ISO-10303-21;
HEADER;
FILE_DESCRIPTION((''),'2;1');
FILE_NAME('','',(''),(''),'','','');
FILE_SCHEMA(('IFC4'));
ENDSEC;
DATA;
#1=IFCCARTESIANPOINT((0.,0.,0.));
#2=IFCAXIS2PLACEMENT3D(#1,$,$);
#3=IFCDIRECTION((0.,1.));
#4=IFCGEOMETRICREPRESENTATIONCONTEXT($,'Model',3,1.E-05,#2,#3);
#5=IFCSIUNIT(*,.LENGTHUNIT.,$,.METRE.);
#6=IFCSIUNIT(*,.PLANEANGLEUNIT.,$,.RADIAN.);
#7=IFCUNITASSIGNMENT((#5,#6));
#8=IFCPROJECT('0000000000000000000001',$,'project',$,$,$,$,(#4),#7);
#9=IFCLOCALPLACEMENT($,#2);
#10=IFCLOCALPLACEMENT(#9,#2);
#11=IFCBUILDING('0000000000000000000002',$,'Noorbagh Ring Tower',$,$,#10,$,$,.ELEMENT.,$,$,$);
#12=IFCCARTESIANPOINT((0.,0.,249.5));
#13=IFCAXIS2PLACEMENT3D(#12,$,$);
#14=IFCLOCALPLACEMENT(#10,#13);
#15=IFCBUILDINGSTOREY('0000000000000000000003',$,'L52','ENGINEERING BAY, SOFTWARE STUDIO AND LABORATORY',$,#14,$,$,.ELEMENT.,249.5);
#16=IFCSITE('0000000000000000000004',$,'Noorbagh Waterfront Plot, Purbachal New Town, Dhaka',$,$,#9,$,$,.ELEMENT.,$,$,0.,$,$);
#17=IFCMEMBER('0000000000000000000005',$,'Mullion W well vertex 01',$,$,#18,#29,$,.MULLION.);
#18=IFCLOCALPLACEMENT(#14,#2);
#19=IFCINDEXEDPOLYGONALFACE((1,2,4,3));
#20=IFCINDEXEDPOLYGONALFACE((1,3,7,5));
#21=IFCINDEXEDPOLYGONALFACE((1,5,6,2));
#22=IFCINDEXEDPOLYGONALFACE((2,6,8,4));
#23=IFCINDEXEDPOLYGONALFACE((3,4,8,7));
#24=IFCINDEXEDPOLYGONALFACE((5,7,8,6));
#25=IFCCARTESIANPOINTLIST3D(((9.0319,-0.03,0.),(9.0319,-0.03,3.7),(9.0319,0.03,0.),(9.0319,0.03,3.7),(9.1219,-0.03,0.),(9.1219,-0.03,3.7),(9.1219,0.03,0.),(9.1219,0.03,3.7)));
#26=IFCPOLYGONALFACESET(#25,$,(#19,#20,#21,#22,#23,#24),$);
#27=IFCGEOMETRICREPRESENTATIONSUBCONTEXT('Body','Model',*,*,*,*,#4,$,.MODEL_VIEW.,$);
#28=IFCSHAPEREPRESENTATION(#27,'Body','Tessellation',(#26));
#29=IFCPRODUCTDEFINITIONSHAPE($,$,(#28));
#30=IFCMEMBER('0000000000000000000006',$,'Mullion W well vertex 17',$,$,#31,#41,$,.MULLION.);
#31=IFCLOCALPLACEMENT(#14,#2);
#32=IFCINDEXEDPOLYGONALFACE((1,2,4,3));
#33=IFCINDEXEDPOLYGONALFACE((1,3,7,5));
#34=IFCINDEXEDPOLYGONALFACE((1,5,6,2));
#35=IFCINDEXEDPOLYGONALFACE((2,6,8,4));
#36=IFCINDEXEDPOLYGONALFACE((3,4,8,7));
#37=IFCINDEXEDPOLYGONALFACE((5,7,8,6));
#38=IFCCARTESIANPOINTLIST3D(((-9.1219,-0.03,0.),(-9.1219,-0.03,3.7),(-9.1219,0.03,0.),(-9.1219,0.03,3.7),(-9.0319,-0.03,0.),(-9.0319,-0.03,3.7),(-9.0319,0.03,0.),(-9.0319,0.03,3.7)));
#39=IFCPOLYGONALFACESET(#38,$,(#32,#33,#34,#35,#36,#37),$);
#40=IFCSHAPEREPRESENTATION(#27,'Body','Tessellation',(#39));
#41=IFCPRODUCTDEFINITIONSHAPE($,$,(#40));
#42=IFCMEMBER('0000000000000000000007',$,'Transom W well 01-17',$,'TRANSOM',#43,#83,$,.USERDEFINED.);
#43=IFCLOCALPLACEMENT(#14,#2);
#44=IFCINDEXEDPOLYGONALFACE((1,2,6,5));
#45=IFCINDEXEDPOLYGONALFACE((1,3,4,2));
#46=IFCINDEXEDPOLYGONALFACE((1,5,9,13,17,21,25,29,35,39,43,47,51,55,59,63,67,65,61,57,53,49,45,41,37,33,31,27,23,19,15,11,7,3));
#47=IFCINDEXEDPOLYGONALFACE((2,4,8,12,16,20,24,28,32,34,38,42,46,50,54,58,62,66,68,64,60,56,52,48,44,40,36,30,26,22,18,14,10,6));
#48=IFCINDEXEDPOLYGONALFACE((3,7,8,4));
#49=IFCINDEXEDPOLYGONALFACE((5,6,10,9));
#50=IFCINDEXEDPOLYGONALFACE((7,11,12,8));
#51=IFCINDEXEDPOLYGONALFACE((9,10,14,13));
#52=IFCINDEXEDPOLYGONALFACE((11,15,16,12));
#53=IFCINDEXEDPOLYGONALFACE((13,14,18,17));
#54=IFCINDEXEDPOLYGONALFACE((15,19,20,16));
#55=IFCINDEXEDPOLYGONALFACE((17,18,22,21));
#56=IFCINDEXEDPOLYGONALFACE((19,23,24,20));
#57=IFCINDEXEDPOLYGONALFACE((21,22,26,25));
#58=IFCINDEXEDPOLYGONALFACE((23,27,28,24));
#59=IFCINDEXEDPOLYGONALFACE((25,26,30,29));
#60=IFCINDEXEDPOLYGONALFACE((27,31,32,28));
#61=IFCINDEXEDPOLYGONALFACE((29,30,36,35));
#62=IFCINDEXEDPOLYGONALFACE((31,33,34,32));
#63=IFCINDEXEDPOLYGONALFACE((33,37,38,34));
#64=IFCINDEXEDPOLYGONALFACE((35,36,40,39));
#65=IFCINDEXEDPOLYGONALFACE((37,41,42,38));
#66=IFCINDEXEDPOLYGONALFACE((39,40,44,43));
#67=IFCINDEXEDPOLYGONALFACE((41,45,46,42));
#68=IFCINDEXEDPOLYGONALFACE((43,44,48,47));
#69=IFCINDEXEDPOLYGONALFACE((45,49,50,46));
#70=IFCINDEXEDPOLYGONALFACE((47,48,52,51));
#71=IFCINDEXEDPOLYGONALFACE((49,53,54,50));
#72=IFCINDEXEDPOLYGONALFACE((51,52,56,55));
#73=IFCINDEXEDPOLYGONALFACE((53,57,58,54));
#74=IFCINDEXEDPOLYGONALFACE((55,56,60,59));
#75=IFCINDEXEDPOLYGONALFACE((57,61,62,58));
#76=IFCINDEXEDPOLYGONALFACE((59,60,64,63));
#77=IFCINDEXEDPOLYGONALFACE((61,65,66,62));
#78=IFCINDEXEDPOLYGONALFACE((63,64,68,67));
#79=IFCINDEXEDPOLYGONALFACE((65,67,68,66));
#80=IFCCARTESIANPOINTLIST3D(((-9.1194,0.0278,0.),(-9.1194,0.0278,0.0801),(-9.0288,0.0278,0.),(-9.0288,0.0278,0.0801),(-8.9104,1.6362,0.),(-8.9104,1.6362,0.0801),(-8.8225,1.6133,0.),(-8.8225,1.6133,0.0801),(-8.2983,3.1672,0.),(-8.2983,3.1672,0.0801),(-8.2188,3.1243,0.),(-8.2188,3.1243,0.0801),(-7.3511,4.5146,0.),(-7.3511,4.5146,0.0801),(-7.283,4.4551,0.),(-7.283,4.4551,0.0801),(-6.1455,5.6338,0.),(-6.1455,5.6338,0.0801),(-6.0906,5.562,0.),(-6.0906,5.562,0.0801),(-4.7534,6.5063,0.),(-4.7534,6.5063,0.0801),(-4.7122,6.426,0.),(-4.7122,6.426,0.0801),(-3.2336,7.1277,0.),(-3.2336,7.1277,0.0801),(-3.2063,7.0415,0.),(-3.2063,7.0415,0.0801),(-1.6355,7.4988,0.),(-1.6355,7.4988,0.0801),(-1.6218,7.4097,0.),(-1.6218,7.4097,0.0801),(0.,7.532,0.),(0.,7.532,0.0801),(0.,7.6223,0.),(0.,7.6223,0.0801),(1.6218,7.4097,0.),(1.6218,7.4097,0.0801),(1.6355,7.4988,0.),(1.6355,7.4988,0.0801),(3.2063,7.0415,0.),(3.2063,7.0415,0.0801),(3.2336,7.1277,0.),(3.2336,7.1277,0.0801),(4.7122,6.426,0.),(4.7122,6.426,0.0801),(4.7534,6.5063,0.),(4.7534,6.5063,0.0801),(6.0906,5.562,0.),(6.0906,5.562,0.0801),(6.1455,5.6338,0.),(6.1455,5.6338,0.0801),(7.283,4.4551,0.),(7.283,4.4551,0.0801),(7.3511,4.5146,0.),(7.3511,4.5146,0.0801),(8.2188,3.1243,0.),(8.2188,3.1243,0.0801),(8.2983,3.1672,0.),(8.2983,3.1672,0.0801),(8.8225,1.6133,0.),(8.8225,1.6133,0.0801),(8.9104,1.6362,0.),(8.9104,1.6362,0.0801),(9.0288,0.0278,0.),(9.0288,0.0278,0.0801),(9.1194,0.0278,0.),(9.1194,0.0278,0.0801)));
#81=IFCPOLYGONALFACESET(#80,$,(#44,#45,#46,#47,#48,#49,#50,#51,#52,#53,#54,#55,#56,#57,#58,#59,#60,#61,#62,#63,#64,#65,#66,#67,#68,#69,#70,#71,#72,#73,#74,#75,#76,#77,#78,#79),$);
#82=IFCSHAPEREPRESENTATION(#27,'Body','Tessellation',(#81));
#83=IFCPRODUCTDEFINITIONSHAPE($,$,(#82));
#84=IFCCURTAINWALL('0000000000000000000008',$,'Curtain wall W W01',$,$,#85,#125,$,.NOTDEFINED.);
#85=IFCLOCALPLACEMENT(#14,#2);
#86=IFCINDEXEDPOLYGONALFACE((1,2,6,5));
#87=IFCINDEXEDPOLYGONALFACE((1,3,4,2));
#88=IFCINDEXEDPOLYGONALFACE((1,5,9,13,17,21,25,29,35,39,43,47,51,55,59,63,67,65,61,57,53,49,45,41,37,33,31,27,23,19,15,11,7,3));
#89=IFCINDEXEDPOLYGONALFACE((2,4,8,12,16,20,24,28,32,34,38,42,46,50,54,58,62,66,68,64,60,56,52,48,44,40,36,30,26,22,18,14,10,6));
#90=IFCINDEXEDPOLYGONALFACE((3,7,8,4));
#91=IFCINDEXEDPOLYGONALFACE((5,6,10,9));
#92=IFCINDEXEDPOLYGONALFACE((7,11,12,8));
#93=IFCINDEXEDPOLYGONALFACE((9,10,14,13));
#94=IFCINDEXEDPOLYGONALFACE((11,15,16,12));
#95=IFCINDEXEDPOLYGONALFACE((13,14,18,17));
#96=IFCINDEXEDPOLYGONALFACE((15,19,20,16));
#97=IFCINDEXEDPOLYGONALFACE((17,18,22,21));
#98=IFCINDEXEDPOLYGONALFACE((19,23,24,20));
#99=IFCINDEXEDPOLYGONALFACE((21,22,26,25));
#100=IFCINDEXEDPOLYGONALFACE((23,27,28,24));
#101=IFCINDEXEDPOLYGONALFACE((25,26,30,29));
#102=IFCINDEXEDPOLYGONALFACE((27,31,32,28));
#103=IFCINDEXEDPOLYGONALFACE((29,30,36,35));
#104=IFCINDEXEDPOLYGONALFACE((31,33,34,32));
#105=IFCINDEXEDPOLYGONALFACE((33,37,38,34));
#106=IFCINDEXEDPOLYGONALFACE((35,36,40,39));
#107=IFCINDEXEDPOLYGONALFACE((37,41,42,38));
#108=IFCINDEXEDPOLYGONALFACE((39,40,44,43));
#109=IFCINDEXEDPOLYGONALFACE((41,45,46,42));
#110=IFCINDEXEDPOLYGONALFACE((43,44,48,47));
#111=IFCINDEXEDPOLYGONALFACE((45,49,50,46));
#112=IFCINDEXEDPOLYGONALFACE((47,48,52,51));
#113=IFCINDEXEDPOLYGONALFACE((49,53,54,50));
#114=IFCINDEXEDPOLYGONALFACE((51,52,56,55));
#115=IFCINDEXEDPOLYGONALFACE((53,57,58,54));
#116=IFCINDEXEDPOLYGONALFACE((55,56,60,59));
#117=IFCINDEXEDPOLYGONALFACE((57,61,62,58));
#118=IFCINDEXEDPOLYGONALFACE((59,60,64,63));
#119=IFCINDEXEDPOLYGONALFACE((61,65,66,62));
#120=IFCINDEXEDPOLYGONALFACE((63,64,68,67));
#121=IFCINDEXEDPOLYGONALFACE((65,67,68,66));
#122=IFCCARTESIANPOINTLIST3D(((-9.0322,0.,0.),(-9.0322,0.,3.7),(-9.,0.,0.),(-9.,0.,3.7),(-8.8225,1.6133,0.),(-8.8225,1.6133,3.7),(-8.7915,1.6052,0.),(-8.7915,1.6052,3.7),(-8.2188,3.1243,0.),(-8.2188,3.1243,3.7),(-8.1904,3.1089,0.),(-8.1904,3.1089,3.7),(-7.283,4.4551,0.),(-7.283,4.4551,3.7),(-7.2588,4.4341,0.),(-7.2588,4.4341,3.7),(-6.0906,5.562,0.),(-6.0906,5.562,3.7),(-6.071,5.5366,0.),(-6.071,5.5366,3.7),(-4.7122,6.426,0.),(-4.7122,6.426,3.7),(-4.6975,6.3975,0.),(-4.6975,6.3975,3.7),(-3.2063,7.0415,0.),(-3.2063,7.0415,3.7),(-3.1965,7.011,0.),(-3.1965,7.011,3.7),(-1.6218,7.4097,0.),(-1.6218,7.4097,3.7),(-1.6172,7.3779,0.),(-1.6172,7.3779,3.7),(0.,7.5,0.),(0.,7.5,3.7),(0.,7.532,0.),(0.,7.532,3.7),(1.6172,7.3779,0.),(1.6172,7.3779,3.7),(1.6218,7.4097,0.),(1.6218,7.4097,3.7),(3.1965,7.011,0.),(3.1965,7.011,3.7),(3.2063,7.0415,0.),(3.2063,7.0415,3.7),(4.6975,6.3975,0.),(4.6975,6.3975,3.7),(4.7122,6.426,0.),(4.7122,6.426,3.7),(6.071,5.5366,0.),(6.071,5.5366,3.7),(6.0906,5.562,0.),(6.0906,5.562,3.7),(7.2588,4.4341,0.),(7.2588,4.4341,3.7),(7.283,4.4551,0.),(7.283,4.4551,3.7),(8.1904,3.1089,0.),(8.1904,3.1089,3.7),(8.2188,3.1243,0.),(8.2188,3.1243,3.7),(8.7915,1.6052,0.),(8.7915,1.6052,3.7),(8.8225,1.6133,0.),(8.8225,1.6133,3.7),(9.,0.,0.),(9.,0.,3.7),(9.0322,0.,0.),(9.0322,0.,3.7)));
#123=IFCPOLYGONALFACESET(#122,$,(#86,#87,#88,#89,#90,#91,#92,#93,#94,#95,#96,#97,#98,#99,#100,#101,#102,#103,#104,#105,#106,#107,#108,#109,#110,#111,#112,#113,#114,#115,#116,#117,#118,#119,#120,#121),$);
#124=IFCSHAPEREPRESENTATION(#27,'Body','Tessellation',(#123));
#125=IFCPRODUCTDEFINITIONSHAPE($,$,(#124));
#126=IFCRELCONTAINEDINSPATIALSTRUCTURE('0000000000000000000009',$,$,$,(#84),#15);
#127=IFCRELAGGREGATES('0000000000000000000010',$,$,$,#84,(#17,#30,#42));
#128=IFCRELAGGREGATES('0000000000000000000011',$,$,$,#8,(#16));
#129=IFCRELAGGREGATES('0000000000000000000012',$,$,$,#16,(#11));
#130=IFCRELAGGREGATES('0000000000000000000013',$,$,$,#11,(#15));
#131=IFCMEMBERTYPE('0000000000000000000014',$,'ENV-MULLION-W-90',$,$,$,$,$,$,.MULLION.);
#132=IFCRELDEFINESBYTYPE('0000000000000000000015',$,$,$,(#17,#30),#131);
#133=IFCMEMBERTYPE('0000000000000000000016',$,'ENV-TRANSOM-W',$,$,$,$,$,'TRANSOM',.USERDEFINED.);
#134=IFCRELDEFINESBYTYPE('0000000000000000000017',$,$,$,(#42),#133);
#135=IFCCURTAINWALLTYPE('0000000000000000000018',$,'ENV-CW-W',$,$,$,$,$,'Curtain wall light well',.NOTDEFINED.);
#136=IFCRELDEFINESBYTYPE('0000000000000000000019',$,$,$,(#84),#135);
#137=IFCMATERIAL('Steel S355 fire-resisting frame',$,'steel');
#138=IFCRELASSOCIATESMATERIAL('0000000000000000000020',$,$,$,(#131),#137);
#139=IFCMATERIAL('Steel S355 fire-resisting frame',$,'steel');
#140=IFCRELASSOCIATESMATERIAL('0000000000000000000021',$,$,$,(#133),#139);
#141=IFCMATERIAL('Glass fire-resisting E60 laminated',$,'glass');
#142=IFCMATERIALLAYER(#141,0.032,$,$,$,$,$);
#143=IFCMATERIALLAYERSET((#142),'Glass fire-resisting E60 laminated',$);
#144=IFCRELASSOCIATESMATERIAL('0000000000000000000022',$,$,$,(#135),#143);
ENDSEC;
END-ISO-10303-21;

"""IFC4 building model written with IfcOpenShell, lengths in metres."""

from ifc_helpers import new_model, si_unit, direction, frame, origin, origin_2d, place, context, subcontext, project, spatial, polyline, rectangle, outline, extrude, material, layer, layer_set, material_profile, profile_set, type_object, element, aggregate, save


model = new_model("IFC4")

# Units and contexts
model_context = context("Model", 3, precision=1e-05, world=origin(), true_north=direction((0.0, 1.0)))
body_context = subcontext(model_context, "Body", "Model", "MODEL_VIEW")
ifc_project = project(units=[si_unit("LENGTHUNIT", "METRE"), si_unit("PLANEANGLEUNIT", "RADIAN")], contexts=[model_context])

# Members
site_placement = place(None, origin())
building_placement = place(site_placement, origin())
storey_placement = place(building_placement, frame((0.0, 0.0, 249.5)))
ifc_material_1 = material(Name="Steel S355 fire-resisting frame", Category="steel")
ifc_material_profile_1 = material_profile(ifc_material_1, rectangle(XDim=0.0901, YDim=0.0601, at=origin_2d()), Name="90x60")
ifc_profile_set_1 = profile_set([ifc_material_profile_1], Name="Steel S355 fire-resisting frame")
member_type_1 = type_object("IfcMemberType", Name="ENV-MULLION-W-90", PredefinedType="MULLION", material=ifc_profile_set_1)
member_1_placement = place(storey_placement, frame((9.0769, 0.0, 0.0), z_axis=(0.0, 0.0, 1.0), x_axis=(1.0, 0.0, 0.0)))
member_1 = element("IfcMember", 1, at=member_1_placement, type_object=member_type_1, Name="Mullion W well vertex 01", PredefinedType="MULLION", context=body_context, shape_type="SweptSolid", body=[
    extrude(rectangle(XDim=0.0901, YDim=0.0601, at=origin_2d()), origin(), (0.0, 0.0, 1.0), 3.7),
])
member_2_placement = place(storey_placement, frame((-9.0769, 0.0, 0.0), z_axis=(0.0, 0.0, 1.0), x_axis=(-1.0, 0.0, 0.0)))
member_2 = element("IfcMember", 2, at=member_2_placement, type_object=member_type_1, Name="Mullion W well vertex 17", PredefinedType="MULLION", context=body_context, shape_type="SweptSolid", body=[
    extrude(rectangle(XDim=0.0901, YDim=0.0601, at=origin_2d()), origin(), (0.0, 0.0, 1.0), 3.7),
])
ifc_material_2 = material(Name="Steel S355 fire-resisting frame", Category="steel")
member_type_2 = type_object("IfcMemberType", Name="ENV-TRANSOM-W", ElementType="TRANSOM", PredefinedType="USERDEFINED", material=ifc_material_2)
member_3_placement = place(storey_placement, origin())
member_3 = element("IfcMember", 3, at=member_3_placement, type_object=member_type_2, Name="Transom W well 01-17", ObjectType="TRANSOM", PredefinedType="USERDEFINED", context=body_context, shape_type="SweptSolid", body=[
    extrude(outline(polyline([(9.1194, 0.0278), (8.9104, 1.6362), (8.2983, 3.1672), (7.3511, 4.5146), (6.1455, 5.6338), (4.7534, 6.5063), (3.2336, 7.1277), (1.6355, 7.4988), (0.0, 7.6223), (-1.6355, 7.4988), (-3.2336, 7.1277), (-4.7534, 6.5063), (-6.1455, 5.6338), (-7.3511, 4.5146), (-8.2983, 3.1672), (-8.9104, 1.6362), (-9.1194, 0.0278), (-9.0288, 0.0278), (-8.8225, 1.6133), (-8.2188, 3.1243), (-7.283, 4.4551), (-6.0906, 5.562), (-4.7122, 6.426), (-3.2063, 7.0415), (-1.6218, 7.4097), (0.0, 7.532), (1.6218, 7.4097), (3.2063, 7.0415), (4.7122, 6.426), (6.0906, 5.562), (7.283, 4.4551), (8.2188, 3.1243), (8.8225, 1.6133), (9.0288, 0.0278), (9.1194, 0.0278)])), origin(), (0.0, 0.0, 1.0), 0.0801),
])

# Site, building, storey
site = spatial("IfcSite", under=ifc_project, at=site_placement, Name="Noorbagh Waterfront Plot, Purbachal New Town, Dhaka", CompositionType="ELEMENT", RefElevation=0.0)
building = spatial("IfcBuilding", under=site, at=building_placement, Name="Noorbagh Ring Tower", CompositionType="ELEMENT")
storey = spatial("IfcBuildingStorey", under=building, at=storey_placement, Name="L52", Description="ENGINEERING BAY, SOFTWARE STUDIO AND LABORATORY", CompositionType="ELEMENT", Elevation=249.5)

# Curtain wall
ifc_material_3 = material(Name="Glass fire-resisting E60 laminated", Category="glass")
ifc_layer_1 = layer(ifc_material_3, 0.032)
ifc_layer_set_1 = layer_set([ifc_layer_1], Name="Glass fire-resisting E60 laminated")
curtain_wall_type_1 = type_object("IfcCurtainWallType", Name="ENV-CW-W", ElementType="Curtain wall light well", PredefinedType="NOTDEFINED", material=ifc_layer_set_1)
curtain_wall_1_placement = place(storey_placement, origin())
curtain_wall_1 = element("IfcCurtainWall", 4, at=curtain_wall_1_placement, inside=storey, type_object=curtain_wall_type_1, Name="Curtain wall W W01", PredefinedType="NOTDEFINED", context=body_context, shape_type="SweptSolid", body=[
    extrude(outline(polyline([(9.0322, 0.0), (8.8225, 1.6133), (8.2188, 3.1243), (7.283, 4.4551), (6.0906, 5.562), (4.7122, 6.426), (3.2063, 7.0415), (1.6218, 7.4097), (0.0, 7.532), (-1.6218, 7.4097), (-3.2063, 7.0415), (-4.7122, 6.426), (-6.0906, 5.562), (-7.283, 4.4551), (-8.2188, 3.1243), (-8.8225, 1.6133), (-9.0322, 0.0), (-9.0, 0.0), (-8.7915, 1.6052), (-8.1904, 3.1089), (-7.2588, 4.4341), (-6.071, 5.5366), (-4.6975, 6.3975), (-3.1965, 7.011), (-1.6172, 7.3779), (0.0, 7.5), (1.6172, 7.3779), (3.1965, 7.011), (4.6975, 6.3975), (6.071, 5.5366), (7.2588, 4.4341), (8.1904, 3.1089), (8.7915, 1.6052), (9.0, 0.0), (9.0322, 0.0)])), origin(), (0.0, 0.0, 1.0), 3.7),
])
aggregate(curtain_wall_1, [member_1, member_2, member_3])

save(model, "model.ifc")
